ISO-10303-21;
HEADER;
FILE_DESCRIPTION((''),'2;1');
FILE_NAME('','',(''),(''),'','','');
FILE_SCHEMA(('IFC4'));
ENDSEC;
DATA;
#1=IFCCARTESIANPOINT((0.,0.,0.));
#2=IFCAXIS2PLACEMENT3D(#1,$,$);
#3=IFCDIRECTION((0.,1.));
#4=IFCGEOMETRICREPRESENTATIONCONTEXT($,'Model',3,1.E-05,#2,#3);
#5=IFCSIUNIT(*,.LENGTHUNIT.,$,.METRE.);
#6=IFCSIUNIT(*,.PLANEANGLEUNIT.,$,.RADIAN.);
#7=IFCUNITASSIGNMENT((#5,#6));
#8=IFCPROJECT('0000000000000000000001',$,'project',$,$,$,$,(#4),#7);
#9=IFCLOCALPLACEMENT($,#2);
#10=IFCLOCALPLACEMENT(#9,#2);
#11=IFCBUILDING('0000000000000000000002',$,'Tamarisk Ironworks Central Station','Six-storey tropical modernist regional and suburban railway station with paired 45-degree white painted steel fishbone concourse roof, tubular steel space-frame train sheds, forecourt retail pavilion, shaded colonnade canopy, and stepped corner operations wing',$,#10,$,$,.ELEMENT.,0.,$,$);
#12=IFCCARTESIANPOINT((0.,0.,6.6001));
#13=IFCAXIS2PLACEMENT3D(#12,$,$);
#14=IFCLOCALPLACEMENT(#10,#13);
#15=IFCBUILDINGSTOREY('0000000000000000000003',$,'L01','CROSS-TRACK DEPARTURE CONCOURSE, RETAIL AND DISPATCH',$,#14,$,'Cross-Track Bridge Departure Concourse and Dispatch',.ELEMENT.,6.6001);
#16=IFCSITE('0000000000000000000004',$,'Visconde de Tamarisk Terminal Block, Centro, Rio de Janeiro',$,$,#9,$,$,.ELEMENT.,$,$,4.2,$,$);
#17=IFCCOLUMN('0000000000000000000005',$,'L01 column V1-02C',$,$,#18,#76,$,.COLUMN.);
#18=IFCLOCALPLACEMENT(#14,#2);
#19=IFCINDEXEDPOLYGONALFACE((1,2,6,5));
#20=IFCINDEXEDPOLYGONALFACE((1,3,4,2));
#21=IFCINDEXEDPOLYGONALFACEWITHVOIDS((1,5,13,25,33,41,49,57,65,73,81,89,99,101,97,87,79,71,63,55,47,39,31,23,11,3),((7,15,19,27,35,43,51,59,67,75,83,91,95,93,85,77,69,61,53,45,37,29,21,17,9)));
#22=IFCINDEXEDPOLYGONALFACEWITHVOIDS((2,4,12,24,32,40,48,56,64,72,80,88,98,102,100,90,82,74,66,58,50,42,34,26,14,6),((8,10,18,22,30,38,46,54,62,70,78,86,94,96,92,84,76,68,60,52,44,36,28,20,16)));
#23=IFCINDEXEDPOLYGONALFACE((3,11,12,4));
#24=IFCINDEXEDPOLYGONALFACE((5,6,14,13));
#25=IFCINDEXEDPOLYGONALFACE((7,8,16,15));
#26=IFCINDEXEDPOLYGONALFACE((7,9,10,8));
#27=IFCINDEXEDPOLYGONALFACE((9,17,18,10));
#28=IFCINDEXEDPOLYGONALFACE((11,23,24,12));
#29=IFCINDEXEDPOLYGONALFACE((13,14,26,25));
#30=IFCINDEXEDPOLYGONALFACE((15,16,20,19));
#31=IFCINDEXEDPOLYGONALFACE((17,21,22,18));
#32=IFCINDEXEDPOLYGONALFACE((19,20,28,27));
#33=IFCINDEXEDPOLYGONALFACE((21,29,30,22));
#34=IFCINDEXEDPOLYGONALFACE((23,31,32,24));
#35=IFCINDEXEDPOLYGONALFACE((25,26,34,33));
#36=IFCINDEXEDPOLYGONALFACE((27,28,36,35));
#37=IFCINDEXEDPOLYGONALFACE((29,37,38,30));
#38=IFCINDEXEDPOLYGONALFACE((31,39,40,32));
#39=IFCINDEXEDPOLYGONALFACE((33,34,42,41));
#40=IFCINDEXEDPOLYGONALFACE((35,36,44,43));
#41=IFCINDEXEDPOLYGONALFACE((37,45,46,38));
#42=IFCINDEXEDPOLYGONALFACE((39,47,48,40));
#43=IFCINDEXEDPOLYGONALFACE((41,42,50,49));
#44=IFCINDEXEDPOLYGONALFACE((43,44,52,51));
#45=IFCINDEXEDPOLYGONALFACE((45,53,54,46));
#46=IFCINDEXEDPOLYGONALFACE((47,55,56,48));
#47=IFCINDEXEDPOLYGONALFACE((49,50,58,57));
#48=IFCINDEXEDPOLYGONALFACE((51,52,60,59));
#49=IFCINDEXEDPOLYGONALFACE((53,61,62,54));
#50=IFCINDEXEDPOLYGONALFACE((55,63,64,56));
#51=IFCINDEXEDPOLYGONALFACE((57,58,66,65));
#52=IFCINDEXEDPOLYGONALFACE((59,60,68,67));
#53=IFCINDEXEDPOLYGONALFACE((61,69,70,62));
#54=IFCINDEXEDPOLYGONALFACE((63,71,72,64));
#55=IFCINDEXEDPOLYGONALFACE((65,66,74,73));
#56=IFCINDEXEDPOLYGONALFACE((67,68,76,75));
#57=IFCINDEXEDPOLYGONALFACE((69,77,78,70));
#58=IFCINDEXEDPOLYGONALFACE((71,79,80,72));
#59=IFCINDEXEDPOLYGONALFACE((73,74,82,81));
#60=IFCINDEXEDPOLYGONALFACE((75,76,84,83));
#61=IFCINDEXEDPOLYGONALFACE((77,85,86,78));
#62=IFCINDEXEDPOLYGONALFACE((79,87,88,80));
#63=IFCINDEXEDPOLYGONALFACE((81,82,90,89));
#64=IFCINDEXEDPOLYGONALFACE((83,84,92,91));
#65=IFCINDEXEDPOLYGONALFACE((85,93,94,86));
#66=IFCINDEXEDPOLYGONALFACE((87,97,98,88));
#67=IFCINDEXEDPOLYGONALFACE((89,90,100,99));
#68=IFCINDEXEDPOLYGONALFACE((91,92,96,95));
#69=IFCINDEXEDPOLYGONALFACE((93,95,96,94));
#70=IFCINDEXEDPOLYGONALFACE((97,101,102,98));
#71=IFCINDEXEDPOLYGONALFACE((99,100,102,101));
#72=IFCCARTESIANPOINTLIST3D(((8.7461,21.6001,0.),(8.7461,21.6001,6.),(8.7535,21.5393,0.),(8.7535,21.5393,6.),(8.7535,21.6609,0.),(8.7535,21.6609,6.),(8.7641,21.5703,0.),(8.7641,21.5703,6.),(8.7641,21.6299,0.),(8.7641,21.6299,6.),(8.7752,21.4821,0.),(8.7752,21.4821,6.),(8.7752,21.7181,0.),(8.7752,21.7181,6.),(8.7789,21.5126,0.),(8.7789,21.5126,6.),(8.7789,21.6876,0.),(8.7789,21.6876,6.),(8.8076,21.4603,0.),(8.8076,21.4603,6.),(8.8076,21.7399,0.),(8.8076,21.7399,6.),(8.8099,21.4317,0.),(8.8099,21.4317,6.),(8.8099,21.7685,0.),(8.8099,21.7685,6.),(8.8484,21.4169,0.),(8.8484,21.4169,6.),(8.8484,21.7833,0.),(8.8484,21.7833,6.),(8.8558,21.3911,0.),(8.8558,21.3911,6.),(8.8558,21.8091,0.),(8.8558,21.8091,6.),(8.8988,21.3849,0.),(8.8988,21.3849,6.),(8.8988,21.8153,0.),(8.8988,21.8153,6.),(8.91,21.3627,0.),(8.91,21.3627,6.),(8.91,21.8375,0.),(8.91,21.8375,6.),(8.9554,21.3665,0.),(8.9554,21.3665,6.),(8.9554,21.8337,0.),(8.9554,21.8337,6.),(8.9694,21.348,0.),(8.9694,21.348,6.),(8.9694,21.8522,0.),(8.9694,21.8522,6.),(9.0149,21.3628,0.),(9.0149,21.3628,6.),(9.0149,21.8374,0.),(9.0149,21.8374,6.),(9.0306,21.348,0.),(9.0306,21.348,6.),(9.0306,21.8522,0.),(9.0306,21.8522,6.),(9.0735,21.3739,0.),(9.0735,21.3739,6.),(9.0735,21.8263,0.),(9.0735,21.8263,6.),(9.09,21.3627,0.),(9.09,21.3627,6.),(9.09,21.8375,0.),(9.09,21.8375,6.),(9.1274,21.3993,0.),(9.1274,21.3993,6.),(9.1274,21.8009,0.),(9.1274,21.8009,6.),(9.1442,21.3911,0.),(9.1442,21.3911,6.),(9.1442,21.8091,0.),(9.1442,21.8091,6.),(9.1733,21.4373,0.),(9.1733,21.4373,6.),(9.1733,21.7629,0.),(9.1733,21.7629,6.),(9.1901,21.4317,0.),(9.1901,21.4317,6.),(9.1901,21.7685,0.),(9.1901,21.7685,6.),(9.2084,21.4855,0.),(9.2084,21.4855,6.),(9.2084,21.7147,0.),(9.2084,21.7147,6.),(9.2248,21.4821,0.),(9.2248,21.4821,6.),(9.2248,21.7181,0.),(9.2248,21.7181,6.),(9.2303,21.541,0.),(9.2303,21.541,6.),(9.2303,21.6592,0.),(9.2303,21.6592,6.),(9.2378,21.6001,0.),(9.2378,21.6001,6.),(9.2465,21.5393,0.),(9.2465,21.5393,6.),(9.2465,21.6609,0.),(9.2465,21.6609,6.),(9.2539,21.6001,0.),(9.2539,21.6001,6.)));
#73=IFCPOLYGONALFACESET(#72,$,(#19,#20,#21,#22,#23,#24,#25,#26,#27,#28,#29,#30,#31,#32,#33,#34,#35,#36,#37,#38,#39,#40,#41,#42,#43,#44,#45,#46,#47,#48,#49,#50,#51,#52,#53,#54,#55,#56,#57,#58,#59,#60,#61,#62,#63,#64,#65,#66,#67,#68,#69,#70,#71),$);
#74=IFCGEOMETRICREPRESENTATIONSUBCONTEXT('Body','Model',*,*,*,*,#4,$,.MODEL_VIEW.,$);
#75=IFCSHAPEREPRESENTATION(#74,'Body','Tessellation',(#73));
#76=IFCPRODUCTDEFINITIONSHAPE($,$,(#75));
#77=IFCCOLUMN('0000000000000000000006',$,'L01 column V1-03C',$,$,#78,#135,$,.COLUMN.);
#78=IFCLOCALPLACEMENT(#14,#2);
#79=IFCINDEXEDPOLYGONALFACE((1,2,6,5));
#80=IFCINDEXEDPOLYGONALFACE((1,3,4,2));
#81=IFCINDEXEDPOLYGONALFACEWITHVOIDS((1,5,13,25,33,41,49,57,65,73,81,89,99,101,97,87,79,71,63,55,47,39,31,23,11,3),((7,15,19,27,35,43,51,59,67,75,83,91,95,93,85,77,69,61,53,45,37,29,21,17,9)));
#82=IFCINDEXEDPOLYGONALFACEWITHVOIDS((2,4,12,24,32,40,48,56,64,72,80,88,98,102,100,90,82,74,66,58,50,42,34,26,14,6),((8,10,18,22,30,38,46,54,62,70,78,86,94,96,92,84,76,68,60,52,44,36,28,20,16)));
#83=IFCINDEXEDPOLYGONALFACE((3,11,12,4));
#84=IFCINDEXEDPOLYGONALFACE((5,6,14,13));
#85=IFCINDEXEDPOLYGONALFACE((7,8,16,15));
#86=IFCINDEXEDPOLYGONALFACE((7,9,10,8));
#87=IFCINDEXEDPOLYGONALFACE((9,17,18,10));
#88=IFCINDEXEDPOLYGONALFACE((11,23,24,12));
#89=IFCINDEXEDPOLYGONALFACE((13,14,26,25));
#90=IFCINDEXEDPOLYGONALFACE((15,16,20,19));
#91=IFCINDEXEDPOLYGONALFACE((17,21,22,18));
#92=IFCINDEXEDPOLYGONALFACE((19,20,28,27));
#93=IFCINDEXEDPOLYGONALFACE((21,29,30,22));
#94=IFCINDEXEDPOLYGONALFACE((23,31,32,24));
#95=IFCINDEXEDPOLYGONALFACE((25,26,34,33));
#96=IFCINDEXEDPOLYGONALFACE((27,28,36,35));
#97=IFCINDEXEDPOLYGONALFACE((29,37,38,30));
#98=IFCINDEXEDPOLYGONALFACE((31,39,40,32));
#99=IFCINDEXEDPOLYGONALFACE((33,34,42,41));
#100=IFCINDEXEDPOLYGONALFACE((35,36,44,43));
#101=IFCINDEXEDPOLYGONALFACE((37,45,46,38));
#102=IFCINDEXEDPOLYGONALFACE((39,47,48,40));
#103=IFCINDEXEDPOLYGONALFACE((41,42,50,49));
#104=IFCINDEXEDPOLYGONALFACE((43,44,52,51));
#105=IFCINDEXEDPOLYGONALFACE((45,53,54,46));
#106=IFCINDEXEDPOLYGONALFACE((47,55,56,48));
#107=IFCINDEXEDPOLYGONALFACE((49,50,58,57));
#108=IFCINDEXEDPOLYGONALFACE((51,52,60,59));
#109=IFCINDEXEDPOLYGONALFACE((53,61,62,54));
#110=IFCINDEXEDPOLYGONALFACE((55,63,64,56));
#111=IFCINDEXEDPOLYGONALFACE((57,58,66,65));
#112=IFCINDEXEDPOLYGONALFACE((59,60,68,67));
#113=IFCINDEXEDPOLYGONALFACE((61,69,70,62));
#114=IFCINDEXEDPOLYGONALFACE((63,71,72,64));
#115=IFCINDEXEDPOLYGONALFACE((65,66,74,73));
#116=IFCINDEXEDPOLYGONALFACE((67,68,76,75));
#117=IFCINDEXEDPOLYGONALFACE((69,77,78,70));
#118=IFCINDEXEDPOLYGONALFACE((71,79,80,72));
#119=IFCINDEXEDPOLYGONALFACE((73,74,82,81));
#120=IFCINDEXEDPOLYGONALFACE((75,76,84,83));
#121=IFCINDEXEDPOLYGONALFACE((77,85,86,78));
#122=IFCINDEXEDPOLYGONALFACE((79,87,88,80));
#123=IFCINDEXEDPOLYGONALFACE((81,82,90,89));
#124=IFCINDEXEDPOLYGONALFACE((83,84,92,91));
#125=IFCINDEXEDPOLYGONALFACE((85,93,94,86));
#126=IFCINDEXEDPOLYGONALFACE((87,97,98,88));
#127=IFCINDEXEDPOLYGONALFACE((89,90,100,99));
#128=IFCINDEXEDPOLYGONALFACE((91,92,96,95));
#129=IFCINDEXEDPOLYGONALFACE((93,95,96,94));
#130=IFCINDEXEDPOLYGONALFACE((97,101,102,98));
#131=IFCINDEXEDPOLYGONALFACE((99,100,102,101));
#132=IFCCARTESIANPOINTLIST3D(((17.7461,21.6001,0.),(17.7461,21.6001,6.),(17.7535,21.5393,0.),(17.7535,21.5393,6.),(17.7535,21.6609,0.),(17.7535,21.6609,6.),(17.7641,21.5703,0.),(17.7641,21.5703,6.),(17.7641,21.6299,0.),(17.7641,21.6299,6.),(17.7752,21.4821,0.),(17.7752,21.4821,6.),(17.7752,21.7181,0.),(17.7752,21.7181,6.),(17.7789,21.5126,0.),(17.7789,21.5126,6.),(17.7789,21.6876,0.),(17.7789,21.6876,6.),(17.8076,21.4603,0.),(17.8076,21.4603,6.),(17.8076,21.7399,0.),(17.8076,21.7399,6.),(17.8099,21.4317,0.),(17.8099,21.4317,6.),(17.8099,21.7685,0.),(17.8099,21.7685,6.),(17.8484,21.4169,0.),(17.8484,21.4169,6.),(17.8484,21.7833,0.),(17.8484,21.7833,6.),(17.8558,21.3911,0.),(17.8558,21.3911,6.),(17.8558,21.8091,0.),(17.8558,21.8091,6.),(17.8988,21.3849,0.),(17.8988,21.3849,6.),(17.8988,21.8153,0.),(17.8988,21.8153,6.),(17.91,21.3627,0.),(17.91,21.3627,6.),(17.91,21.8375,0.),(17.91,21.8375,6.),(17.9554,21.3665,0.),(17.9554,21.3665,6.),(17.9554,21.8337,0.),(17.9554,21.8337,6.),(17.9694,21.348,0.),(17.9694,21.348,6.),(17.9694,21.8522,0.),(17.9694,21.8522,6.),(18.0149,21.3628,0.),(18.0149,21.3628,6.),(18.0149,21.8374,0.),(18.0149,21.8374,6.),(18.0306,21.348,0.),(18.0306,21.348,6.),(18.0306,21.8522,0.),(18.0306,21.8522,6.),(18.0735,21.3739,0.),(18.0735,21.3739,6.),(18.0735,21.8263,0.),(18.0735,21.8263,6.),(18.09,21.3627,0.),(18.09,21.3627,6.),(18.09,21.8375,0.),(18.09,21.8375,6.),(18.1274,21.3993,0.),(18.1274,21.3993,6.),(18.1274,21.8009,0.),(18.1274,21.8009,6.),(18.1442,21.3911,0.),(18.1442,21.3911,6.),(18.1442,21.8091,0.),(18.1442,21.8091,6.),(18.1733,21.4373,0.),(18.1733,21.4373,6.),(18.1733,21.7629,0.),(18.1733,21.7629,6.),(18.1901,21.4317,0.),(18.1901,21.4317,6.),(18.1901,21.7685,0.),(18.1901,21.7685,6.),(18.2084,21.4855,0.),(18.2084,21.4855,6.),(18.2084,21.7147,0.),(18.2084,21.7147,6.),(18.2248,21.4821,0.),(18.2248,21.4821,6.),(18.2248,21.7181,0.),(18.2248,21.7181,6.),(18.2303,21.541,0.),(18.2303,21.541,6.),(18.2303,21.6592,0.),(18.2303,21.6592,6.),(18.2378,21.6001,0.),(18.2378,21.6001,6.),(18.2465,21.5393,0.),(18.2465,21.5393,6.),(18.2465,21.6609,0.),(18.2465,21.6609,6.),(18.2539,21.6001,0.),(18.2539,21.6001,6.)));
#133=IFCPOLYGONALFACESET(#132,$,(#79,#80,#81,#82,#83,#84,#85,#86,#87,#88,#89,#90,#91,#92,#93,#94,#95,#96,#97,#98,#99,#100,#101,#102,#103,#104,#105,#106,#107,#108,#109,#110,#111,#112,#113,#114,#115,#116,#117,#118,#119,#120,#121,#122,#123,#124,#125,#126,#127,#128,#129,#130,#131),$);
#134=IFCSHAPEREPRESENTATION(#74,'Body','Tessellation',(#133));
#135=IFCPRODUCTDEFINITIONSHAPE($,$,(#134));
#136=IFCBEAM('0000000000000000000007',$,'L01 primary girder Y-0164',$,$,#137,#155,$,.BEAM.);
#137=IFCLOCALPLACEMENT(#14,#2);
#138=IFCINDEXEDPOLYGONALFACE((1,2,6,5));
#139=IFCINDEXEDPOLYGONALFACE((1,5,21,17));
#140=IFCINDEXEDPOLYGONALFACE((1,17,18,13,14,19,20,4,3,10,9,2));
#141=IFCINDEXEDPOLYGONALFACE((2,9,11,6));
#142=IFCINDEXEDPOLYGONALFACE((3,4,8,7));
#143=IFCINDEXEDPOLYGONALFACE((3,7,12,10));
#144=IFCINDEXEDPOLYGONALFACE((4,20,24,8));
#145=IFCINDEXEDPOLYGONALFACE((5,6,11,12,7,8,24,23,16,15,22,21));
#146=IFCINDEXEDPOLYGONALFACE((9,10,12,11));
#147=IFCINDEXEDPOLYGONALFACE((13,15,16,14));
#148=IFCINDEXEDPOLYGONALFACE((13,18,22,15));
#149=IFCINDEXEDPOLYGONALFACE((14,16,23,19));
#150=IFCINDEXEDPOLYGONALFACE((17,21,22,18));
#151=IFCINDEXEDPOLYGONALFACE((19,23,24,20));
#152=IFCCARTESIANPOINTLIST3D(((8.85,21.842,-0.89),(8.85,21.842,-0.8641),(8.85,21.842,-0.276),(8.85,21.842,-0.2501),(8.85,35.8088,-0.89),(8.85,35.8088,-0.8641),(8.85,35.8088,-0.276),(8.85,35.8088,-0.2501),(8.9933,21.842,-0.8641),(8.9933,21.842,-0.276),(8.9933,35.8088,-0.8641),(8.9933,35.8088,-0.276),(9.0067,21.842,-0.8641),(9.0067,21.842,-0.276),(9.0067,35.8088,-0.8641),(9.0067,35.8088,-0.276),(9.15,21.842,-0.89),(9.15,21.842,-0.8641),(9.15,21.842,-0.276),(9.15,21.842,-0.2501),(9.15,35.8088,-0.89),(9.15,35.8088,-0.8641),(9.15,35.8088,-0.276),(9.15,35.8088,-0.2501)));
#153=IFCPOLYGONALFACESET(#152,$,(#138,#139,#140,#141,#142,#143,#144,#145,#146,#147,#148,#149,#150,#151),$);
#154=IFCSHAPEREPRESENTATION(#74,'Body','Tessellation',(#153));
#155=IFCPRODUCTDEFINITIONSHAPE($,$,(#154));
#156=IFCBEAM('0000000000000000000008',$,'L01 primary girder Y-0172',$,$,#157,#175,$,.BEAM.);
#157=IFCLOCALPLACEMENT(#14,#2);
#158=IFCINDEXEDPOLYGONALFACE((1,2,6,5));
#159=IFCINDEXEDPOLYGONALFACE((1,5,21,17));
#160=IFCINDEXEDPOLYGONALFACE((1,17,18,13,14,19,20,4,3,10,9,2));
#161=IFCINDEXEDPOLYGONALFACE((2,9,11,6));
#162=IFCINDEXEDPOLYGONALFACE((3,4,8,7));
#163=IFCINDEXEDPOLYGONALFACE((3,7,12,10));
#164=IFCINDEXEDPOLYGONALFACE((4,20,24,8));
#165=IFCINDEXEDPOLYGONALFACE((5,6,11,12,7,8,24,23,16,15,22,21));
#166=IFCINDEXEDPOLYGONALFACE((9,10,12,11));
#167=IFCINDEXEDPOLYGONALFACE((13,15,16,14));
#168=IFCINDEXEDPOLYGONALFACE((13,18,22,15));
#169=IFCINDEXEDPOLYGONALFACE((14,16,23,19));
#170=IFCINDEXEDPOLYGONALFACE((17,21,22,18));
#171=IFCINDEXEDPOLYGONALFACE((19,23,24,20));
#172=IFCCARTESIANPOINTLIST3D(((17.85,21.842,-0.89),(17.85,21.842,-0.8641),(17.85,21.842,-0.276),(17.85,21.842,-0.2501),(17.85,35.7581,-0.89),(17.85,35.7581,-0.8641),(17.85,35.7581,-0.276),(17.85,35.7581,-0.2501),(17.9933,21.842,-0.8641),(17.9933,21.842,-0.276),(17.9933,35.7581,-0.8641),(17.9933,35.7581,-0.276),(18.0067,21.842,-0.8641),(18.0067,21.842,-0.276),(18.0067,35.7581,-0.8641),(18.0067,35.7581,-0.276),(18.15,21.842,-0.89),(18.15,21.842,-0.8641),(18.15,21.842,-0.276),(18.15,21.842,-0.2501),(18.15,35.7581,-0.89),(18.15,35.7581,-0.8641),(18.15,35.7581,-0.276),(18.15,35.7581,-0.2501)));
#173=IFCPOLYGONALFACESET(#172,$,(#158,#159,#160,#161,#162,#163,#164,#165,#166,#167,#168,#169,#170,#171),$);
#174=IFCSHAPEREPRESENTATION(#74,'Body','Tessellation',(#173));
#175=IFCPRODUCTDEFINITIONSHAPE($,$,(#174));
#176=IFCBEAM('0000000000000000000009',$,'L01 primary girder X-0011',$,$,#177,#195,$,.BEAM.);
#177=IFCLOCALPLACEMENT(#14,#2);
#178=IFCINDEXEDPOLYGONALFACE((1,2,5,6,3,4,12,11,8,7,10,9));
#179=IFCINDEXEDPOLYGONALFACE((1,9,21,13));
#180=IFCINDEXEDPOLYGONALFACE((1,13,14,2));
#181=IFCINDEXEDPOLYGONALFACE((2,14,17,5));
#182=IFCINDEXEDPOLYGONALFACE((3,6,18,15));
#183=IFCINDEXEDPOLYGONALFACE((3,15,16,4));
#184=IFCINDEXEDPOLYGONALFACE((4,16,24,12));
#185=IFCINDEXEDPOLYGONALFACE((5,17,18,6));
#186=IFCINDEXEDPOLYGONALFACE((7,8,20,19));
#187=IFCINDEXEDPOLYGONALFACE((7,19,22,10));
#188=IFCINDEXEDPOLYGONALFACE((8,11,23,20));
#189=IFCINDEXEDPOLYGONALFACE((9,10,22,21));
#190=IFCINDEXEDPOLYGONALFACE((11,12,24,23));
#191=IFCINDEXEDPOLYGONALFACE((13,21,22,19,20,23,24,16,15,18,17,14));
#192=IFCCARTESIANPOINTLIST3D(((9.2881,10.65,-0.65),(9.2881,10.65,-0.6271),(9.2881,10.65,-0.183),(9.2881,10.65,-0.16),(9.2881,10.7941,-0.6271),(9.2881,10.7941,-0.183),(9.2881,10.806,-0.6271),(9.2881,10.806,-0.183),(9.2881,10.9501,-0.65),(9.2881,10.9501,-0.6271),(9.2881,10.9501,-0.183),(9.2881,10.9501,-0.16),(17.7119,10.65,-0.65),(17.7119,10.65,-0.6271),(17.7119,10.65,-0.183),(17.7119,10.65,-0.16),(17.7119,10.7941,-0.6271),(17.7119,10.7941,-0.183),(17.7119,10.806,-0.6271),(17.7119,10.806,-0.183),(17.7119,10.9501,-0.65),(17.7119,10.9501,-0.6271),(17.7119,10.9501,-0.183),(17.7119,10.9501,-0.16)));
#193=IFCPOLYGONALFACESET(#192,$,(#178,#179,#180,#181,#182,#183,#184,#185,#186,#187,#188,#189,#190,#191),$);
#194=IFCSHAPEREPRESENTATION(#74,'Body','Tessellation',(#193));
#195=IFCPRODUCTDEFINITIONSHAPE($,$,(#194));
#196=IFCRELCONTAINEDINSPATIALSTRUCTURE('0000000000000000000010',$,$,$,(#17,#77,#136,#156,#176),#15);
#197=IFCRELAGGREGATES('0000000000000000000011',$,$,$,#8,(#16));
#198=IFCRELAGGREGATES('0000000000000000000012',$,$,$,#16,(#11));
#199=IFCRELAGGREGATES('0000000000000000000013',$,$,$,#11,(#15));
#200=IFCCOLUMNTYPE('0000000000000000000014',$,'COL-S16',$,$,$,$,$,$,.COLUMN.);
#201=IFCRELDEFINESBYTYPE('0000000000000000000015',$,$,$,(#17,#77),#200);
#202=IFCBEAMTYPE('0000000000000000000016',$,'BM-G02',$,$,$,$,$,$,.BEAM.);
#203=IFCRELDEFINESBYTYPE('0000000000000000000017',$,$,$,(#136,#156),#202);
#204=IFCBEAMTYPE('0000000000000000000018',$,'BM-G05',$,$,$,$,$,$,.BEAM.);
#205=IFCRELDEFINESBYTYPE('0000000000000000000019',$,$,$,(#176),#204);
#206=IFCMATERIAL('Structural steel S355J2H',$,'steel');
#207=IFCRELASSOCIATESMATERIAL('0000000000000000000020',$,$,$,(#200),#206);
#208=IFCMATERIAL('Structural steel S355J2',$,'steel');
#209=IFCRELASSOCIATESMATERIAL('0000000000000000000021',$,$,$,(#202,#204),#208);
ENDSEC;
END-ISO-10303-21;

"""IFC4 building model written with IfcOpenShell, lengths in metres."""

from ifc_helpers import new_model, si_unit, direction, frame, origin, origin_2d, place, context, subcontext, project, spatial, hollow_circle, i_section, extrude, material, material_profile, profile_set, type_object, element, save


model = new_model("IFC4")

# Units and contexts
model_context = context("Model", 3, precision=1e-05, world=origin(), true_north=direction((0.0, 1.0)))
body_context = subcontext(model_context, "Body", "Model", "MODEL_VIEW")
ifc_project = project(units=[si_unit("LENGTHUNIT", "METRE"), si_unit("PLANEANGLEUNIT", "RADIAN")], contexts=[model_context])

# Site, building, storey
site_placement = place(None, origin())
site = spatial("IfcSite", under=ifc_project, at=site_placement, Name="Visconde de Tamarisk Terminal Block, Centro, Rio de Janeiro", CompositionType="ELEMENT", RefElevation=4.2)
building_placement = place(site_placement, origin())
building = spatial("IfcBuilding", under=site, at=building_placement, Name="Tamarisk Ironworks Central Station", Description="Six-storey tropical modernist regional and suburban railway station with paired 45-degree white painted steel fishbone concourse roof, tubular steel space-frame train sheds, forecourt retail pavilion, shaded colonnade canopy, and stepped corner operations wing", CompositionType="ELEMENT", ElevationOfRefHeight=0.0)
storey_placement = place(building_placement, frame((0.0, 0.0, 6.6001)))
storey = spatial("IfcBuildingStorey", under=building, at=storey_placement, Name="L01", Description="CROSS-TRACK DEPARTURE CONCOURSE, RETAIL AND DISPATCH", LongName="Cross-Track Bridge Departure Concourse and Dispatch", CompositionType="ELEMENT", Elevation=6.6001)

# Columns
ifc_material_1 = material(Name="Structural steel S355J2H", Category="steel")
ifc_material_profile_1 = material_profile(ifc_material_1, hollow_circle(Radius=0.2539, WallThickness=0.0161, at=origin_2d()), Name="CHS 508x16")
ifc_profile_set_1 = profile_set([ifc_material_profile_1], Name="Structural steel S355J2H")
column_type = type_object("IfcColumnType", Name="COL-S16", PredefinedType="COLUMN", material=ifc_profile_set_1)
for number, where, z_axis, x_axis, name in (
    (1, (9.0, 21.6001, 0.0), (0.0, 0.0, 1.0), (1.0, 0.0, 0.0), "L01 column V1-02C"),
    (2, (18.0, 21.6001, 0.0), (0.0, 0.0, 1.0), (1.0, 0.0, 0.0), "L01 column V1-03C"),
):
    element("IfcColumn", number, at=place(storey_placement, frame(where, z_axis=z_axis, x_axis=x_axis)), inside=storey, type_object=column_type, Name=name, PredefinedType="COLUMN", context=body_context, shape_type="SweptSolid", body=[
        extrude(hollow_circle(Radius=0.2539, WallThickness=0.0161, at=origin_2d()), origin(), (0.0, 0.0, 1.0), 6.0),
    ])

# Beams
ifc_material_2 = material(Name="Structural steel S355J2", Category="steel")
ifc_material_profile_2 = material_profile(ifc_material_2, i_section(OverallWidth=0.3, OverallDepth=0.6399, WebThickness=0.0134, FlangeThickness=0.0259, at=origin_2d()), Name="HEA 650")
ifc_profile_set_2 = profile_set([ifc_material_profile_2], Name="Structural steel S355J2")
beam_type_1 = type_object("IfcBeamType", Name="BM-G02", PredefinedType="BEAM", material=ifc_profile_set_2)
beam_1_placement = place(storey_placement, frame((9.0, 21.842, -0.5701), z_axis=(0.0, 1.0, 0.0), x_axis=(-1.0, 0.0, 0.0)))
element("IfcBeam", 3, at=beam_1_placement, inside=storey, type_object=beam_type_1, Name="L01 primary girder Y-0164", PredefinedType="BEAM", context=body_context, shape_type="SweptSolid", body=[
    extrude(i_section(OverallWidth=0.3, OverallDepth=0.6399, WebThickness=0.0134, FlangeThickness=0.0259, at=origin_2d()), origin(), (0.0, 0.0, 1.0), 13.9668),
])
beam_2_placement = place(storey_placement, frame((18.0, 21.842, -0.5701), z_axis=(0.0, 1.0, 0.0), x_axis=(-1.0, 0.0, 0.0)))
element("IfcBeam", 4, at=beam_2_placement, inside=storey, type_object=beam_type_1, Name="L01 primary girder Y-0172", PredefinedType="BEAM", context=body_context, shape_type="SweptSolid", body=[
    extrude(i_section(OverallWidth=0.3, OverallDepth=0.6399, WebThickness=0.0134, FlangeThickness=0.0259, at=origin_2d()), origin(), (0.0, 0.0, 1.0), 13.916),
])
ifc_material_profile_3 = material_profile(ifc_material_2, i_section(OverallWidth=0.3, OverallDepth=0.49, WebThickness=0.012, FlangeThickness=0.0229, at=origin_2d()), Name="HEA 500")
ifc_profile_set_3 = profile_set([ifc_material_profile_3], Name="Structural steel S355J2")
beam_type_2 = type_object("IfcBeamType", Name="BM-G05", PredefinedType="BEAM", material=ifc_profile_set_3)
for number, where, z_axis, x_axis, name in (
    (5, (9.2881, 10.8, -0.405), (1.0, 0.0, 0.0), (0.0, 1.0, 0.0), "L01 primary girder X-0011"),
):
    element("IfcBeam", number, at=place(storey_placement, frame(where, z_axis=z_axis, x_axis=x_axis)), inside=storey, type_object=beam_type_2, Name=name, PredefinedType="BEAM", context=body_context, shape_type="SweptSolid", body=[
        extrude(i_section(OverallWidth=0.3, OverallDepth=0.49, WebThickness=0.012, FlangeThickness=0.0229, at=origin_2d()), origin(), (0.0, 0.0, 1.0), 8.4238),
    ])

save(model, "model.ifc")
